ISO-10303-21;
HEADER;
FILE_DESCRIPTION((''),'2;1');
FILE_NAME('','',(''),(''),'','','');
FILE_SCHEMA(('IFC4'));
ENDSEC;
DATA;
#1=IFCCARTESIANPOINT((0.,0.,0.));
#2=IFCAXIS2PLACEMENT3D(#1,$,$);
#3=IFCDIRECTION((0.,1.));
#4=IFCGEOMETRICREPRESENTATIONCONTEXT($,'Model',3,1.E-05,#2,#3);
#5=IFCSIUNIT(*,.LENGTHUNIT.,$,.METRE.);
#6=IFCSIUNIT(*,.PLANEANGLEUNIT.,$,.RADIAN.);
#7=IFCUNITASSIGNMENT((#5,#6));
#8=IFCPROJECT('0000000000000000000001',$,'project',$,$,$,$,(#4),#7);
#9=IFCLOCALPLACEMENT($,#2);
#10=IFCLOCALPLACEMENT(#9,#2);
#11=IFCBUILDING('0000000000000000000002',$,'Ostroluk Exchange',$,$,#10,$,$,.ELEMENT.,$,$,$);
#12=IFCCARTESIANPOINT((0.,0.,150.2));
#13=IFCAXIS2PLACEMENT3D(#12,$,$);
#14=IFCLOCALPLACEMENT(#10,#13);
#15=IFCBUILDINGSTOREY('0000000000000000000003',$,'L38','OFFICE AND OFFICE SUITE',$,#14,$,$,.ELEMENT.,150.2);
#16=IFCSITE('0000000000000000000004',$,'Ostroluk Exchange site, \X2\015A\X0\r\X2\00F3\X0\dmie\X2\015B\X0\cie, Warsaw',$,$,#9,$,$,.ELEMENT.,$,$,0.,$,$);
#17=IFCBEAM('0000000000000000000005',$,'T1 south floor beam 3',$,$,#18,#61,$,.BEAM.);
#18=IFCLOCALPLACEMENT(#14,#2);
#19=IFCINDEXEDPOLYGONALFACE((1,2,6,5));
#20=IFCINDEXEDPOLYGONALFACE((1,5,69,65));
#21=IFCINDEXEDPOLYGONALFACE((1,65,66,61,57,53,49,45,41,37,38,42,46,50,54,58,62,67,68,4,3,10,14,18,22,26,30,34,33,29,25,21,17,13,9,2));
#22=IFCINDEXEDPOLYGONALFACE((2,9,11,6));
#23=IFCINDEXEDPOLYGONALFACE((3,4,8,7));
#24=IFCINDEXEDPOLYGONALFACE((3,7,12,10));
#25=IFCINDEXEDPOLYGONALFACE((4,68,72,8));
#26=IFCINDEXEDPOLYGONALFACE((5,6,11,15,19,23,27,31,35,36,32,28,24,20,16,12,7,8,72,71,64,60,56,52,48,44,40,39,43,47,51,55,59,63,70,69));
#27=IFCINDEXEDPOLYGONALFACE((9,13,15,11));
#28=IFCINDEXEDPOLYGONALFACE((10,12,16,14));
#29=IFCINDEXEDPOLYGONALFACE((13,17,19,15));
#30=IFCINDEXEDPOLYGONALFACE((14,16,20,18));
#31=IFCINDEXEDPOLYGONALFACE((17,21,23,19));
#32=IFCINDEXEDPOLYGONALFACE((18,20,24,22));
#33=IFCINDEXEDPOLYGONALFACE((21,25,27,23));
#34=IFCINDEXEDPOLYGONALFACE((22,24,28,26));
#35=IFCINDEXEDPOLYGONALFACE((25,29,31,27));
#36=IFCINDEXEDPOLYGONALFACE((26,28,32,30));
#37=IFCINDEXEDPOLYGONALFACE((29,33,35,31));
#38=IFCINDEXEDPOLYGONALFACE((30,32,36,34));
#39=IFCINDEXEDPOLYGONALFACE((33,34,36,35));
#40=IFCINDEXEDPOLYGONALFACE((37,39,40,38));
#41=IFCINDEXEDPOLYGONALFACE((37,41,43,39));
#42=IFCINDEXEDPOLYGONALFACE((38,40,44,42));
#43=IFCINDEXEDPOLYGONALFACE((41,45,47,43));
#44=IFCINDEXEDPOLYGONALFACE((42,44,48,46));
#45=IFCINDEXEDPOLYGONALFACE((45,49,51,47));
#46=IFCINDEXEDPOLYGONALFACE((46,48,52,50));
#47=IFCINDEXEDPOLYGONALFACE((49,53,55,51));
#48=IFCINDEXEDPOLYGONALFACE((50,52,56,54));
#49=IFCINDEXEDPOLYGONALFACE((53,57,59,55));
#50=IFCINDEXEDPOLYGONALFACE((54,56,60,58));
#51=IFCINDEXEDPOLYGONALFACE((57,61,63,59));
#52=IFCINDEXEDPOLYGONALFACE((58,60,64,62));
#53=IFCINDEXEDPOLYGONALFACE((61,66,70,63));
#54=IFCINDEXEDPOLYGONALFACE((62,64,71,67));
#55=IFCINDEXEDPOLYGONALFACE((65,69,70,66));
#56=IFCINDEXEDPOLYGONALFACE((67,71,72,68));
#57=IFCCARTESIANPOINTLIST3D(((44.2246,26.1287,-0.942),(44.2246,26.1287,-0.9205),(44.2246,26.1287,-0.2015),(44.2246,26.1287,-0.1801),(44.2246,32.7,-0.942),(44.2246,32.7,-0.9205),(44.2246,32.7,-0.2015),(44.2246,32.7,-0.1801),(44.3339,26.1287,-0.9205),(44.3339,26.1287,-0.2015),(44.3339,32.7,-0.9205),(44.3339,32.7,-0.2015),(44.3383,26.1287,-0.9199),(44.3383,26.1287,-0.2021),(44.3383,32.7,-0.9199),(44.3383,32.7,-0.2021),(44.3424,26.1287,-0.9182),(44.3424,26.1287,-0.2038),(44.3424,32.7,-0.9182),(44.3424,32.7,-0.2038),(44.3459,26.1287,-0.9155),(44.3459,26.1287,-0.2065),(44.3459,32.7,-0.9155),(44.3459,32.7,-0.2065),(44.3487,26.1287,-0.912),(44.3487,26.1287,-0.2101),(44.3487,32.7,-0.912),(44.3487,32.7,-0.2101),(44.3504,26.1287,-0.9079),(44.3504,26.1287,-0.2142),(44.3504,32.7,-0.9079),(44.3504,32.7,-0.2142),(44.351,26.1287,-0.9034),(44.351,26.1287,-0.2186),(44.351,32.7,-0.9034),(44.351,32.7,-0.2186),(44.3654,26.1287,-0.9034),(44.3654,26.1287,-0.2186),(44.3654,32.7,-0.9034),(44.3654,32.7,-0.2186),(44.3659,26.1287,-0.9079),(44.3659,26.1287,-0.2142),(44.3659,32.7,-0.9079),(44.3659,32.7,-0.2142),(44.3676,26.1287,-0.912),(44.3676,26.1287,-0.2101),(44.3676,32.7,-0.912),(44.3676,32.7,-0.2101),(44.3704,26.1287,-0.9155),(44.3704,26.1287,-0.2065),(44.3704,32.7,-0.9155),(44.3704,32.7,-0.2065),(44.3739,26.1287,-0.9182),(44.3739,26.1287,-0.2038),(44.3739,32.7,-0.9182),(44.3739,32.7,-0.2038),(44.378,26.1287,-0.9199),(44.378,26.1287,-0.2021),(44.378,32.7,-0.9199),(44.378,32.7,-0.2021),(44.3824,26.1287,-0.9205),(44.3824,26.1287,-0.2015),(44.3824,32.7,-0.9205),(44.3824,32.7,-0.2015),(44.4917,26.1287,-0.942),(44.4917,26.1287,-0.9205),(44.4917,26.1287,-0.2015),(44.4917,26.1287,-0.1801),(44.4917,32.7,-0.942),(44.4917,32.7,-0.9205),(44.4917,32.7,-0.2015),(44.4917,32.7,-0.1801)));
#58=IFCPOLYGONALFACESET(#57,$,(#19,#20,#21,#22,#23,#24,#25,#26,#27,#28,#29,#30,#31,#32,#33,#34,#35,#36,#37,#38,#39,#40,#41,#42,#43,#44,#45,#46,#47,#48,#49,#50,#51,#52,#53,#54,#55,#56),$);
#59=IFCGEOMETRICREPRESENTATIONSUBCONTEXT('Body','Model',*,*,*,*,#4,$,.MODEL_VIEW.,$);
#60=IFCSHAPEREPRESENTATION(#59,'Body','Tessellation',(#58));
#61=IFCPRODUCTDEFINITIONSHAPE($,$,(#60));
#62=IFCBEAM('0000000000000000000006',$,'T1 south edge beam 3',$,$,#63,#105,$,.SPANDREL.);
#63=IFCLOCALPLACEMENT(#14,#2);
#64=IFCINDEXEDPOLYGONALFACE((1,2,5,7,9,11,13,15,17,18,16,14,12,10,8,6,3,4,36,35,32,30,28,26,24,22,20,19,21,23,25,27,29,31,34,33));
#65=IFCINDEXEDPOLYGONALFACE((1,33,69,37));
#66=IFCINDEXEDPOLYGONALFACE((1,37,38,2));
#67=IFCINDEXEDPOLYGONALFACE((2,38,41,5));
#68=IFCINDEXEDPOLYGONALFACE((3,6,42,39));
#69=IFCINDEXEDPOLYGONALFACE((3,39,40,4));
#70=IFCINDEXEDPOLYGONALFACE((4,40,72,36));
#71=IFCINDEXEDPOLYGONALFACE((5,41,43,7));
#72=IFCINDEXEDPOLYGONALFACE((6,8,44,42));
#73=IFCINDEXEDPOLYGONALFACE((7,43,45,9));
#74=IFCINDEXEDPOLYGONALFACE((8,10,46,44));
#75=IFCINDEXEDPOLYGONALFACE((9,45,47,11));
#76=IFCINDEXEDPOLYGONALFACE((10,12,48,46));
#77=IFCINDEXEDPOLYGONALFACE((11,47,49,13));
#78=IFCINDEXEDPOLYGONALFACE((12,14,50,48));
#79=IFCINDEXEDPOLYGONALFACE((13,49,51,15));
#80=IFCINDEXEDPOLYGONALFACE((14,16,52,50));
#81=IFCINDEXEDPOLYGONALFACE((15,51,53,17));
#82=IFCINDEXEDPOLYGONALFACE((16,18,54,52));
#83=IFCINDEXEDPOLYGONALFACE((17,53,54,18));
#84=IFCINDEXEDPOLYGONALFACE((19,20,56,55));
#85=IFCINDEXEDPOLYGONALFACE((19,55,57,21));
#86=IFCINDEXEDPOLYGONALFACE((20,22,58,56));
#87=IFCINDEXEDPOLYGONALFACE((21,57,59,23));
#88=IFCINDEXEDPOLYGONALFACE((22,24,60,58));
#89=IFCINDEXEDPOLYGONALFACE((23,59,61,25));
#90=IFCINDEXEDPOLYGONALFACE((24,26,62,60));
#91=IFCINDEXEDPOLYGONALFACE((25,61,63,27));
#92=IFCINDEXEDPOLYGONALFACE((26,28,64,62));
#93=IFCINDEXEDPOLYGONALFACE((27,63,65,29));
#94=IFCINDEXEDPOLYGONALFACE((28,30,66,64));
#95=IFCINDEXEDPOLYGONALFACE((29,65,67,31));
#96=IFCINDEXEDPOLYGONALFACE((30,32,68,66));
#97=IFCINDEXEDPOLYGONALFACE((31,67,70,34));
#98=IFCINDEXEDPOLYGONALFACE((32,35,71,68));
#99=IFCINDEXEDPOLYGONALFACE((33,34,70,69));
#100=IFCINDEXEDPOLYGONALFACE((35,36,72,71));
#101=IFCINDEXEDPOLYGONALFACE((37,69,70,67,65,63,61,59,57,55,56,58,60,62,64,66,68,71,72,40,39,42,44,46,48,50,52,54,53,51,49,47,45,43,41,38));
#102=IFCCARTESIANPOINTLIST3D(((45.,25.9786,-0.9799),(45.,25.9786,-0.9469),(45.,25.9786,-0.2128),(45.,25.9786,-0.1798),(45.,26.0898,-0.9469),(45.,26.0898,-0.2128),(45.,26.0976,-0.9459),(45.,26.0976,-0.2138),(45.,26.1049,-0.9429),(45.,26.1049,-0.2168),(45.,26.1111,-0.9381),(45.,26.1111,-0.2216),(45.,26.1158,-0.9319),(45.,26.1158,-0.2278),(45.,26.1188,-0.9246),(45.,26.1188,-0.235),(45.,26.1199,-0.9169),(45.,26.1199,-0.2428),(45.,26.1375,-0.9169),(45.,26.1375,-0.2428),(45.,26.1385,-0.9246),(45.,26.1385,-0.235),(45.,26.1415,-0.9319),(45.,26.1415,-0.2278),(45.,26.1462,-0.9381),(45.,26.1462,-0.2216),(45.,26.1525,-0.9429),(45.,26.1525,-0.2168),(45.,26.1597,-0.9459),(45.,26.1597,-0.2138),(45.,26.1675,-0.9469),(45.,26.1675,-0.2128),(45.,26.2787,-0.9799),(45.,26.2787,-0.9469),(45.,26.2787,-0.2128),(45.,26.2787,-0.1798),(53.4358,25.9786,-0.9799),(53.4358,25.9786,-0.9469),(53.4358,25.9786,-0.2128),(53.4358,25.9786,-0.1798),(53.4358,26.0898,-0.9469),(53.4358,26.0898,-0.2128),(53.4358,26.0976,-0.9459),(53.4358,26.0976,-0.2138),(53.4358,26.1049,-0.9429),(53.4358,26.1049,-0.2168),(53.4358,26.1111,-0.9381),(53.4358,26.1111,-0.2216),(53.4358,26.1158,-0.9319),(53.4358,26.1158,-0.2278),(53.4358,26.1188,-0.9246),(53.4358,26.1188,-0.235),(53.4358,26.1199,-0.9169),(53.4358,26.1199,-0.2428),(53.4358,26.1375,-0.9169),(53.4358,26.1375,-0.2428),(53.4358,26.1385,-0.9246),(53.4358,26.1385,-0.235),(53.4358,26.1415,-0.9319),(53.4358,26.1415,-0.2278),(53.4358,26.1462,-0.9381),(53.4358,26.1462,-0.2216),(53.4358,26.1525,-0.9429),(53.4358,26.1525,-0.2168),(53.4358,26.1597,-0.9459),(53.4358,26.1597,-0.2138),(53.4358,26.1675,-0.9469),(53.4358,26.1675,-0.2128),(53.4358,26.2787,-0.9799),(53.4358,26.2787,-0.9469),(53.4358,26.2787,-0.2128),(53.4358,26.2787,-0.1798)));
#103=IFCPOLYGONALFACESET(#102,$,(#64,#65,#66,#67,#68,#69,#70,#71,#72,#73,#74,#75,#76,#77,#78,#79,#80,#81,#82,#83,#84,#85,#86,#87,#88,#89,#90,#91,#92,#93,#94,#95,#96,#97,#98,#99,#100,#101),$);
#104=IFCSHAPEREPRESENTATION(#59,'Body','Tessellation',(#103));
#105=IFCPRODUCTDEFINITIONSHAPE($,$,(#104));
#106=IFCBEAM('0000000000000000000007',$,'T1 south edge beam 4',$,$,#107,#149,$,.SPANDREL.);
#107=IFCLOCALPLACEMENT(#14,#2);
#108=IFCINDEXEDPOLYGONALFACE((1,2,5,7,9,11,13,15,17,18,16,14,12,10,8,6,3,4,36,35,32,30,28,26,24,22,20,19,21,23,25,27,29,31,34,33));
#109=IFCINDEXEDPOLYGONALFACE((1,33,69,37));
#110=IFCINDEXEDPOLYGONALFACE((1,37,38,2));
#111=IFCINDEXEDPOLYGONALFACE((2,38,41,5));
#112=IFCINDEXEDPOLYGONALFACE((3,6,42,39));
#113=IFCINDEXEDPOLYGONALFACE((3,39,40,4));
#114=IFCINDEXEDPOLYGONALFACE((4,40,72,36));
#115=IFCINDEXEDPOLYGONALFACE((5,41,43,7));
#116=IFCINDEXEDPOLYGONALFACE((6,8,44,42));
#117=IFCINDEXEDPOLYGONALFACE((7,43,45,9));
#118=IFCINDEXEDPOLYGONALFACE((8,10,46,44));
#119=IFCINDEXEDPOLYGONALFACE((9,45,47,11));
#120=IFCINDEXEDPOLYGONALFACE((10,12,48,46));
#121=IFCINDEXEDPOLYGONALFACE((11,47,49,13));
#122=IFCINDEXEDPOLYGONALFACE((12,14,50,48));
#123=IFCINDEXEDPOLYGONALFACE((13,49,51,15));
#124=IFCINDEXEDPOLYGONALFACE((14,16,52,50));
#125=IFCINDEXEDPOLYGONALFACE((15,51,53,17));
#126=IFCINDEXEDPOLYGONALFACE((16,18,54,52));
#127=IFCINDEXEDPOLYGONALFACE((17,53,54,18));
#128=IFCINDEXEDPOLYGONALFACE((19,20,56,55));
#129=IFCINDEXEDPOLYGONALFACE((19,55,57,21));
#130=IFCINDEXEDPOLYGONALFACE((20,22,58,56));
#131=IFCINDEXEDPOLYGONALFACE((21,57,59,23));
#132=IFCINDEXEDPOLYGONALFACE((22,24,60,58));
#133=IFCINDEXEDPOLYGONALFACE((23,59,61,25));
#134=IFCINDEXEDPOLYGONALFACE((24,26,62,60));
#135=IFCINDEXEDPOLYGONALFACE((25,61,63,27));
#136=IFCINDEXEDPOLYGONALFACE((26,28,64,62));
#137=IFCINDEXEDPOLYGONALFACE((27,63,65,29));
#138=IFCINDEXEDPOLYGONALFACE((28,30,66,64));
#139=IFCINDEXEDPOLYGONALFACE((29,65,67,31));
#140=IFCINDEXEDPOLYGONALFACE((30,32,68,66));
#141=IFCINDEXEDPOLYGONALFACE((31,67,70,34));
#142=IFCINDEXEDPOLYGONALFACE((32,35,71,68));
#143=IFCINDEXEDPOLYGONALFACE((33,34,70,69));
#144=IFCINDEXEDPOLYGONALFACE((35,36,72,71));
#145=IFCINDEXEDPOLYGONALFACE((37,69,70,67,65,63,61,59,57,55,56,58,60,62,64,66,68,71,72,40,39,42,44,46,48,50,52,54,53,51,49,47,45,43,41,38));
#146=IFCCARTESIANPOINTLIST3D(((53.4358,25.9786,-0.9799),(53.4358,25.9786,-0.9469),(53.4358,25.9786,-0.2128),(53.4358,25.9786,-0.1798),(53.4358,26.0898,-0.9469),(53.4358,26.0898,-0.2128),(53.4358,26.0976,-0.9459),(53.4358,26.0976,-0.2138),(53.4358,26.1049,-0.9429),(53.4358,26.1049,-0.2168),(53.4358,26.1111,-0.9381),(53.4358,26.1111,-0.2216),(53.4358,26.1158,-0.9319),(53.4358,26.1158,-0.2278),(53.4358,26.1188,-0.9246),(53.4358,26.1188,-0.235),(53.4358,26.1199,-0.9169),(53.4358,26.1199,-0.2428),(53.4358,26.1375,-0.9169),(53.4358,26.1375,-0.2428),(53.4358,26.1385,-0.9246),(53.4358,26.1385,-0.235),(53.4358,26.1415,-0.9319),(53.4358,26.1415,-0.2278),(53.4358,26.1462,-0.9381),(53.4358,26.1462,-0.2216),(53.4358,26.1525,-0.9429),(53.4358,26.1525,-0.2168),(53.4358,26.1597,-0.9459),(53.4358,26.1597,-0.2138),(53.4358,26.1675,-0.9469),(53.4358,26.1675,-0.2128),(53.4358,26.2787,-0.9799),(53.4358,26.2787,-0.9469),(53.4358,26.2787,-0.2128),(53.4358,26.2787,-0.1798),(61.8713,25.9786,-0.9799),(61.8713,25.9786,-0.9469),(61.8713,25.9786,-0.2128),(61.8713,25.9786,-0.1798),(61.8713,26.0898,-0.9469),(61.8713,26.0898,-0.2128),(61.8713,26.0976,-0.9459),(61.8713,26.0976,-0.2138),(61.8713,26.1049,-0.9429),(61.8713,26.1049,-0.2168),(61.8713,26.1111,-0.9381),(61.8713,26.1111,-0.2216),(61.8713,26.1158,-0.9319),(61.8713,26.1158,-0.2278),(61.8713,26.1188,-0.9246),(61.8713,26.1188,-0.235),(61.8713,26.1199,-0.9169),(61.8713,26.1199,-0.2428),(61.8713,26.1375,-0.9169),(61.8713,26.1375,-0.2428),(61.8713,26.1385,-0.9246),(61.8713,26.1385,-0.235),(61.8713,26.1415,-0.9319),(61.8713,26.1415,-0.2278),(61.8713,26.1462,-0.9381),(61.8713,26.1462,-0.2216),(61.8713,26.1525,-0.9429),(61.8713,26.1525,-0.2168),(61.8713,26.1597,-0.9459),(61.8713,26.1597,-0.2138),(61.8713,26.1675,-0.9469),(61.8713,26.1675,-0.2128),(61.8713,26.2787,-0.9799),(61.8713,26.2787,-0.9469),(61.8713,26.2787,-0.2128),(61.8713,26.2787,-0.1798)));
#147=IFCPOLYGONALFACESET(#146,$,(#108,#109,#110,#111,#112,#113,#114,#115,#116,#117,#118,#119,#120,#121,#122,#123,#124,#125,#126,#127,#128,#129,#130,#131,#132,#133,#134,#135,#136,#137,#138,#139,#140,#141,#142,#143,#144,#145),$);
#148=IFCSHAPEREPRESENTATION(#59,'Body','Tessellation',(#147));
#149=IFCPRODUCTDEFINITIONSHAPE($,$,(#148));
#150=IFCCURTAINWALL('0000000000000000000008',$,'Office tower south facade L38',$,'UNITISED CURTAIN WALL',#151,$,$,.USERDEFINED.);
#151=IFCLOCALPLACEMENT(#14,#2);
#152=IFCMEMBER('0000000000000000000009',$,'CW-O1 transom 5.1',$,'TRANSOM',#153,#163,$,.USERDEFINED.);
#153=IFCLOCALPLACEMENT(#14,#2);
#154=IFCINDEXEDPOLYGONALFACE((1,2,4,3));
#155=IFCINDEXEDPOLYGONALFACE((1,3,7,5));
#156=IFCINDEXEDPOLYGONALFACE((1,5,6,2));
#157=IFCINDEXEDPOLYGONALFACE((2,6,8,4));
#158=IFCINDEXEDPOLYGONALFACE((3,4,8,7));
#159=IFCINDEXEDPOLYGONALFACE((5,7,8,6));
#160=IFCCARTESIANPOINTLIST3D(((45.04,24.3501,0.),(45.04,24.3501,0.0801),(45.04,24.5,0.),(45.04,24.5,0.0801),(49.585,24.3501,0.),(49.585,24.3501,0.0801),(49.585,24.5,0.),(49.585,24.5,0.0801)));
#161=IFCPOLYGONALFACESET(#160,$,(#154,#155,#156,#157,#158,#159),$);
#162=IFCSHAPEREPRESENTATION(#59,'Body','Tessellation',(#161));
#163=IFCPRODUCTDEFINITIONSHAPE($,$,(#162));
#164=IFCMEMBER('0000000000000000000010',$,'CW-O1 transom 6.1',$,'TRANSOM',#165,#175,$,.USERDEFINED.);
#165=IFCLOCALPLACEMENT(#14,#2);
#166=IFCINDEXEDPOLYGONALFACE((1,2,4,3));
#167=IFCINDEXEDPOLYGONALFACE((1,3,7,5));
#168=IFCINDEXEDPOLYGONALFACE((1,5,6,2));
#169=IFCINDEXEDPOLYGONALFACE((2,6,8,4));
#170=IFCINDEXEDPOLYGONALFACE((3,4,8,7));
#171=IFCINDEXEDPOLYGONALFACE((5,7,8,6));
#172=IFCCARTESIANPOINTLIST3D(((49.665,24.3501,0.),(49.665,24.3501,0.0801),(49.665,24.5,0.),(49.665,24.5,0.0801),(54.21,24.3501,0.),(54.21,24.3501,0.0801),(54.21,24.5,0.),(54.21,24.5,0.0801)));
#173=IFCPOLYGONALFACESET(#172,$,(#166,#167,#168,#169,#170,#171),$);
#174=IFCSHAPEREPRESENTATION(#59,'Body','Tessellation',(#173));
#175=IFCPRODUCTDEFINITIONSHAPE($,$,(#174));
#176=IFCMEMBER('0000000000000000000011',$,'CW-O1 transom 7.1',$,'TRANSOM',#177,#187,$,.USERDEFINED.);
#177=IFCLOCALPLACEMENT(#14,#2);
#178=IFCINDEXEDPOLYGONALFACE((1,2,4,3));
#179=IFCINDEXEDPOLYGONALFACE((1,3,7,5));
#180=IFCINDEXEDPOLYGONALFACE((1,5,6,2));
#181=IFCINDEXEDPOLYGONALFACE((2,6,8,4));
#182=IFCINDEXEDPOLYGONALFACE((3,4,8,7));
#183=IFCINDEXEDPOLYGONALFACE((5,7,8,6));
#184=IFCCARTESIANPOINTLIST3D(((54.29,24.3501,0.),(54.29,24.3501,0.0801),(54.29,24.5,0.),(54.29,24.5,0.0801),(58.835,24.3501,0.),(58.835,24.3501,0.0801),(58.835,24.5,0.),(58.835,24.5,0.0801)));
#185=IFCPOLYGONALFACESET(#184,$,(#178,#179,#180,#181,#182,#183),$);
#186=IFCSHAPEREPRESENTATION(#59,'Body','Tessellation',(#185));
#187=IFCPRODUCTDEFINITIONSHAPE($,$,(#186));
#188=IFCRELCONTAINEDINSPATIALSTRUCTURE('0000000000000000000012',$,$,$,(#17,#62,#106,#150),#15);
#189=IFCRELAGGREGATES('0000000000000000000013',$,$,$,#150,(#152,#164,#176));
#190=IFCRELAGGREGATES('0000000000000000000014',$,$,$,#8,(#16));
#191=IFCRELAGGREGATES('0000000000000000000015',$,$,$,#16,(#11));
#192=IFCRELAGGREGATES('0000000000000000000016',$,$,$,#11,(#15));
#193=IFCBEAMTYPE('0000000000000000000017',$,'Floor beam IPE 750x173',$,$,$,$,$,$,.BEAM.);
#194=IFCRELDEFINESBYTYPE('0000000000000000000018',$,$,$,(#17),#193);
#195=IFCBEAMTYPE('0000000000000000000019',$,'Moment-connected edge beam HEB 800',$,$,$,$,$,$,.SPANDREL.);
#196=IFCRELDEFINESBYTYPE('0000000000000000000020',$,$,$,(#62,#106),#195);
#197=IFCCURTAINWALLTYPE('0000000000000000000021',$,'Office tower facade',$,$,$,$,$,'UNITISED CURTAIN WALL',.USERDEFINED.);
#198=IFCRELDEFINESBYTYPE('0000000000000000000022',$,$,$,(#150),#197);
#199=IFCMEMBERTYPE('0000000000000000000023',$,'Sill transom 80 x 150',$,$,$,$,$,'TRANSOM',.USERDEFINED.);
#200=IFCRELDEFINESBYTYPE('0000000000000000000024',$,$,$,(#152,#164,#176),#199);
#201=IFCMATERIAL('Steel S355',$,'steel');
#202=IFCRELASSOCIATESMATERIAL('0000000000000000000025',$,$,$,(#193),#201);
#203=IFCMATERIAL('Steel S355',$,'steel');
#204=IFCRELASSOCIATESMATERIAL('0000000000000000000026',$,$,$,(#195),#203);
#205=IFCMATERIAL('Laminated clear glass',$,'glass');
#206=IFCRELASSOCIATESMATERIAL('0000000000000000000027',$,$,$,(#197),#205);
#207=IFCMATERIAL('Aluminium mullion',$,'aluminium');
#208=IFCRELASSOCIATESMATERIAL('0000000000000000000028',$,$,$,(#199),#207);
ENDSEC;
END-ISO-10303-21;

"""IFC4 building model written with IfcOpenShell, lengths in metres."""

from ifc_helpers import new_model, si_unit, direction, frame, origin, origin_2d, place, context, subcontext, project, spatial, rectangle, i_section, extrude, material, material_profile, profile_set, type_object, element, aggregate, save


model = new_model("IFC4")

# Units and contexts
model_context = context("Model", 3, precision=1e-05, world=origin(), true_north=direction((0.0, 1.0)))
body_context = subcontext(model_context, "Body", "Model", "MODEL_VIEW")
ifc_project = project(units=[si_unit("LENGTHUNIT", "METRE"), si_unit("PLANEANGLEUNIT", "RADIAN")], contexts=[model_context])

# Site, building, storey
site_placement = place(None, origin())
site = spatial("IfcSite", under=ifc_project, at=site_placement, Name="Ostroluk Exchange site, Śródmieście, Warsaw", CompositionType="ELEMENT", RefElevation=0.0)
building_placement = place(site_placement, origin())
building = spatial("IfcBuilding", under=site, at=building_placement, Name="Ostroluk Exchange", CompositionType="ELEMENT")
storey_placement = place(building_placement, frame((0.0, 0.0, 150.2)))
storey = spatial("IfcBuildingStorey", under=building, at=storey_placement, Name="L38", Description="OFFICE AND OFFICE SUITE", CompositionType="ELEMENT", Elevation=150.2)

# Beams
ifc_material_1 = material(Name="Steel S355", Category="steel")
ifc_material_profile_1 = material_profile(ifc_material_1, i_section(OverallWidth=0.2671, OverallDepth=0.762, WebThickness=0.0144, FlangeThickness=0.0215, FilletRadius=0.0171, at=origin_2d()), Name="IPE 750x173")
ifc_profile_set_1 = profile_set([ifc_material_profile_1], Name="Steel S355")
beam_type_1 = type_object("IfcBeamType", Name="Floor beam IPE 750x173", PredefinedType="BEAM", material=ifc_profile_set_1)
beam_1_placement = place(storey_placement, frame((44.3582, 32.7, -0.561), z_axis=(0.0, -1.0, 0.0), x_axis=(1.0, 0.0, 0.0)))
element("IfcBeam", 1, at=beam_1_placement, inside=storey, type_object=beam_type_1, Name="T1 south floor beam 3", PredefinedType="BEAM", context=body_context, shape_type="SweptSolid", body=[
    extrude(i_section(OverallWidth=0.2671, OverallDepth=0.762, WebThickness=0.0144, FlangeThickness=0.0215, FilletRadius=0.0171, at=origin_2d()), origin(), (0.0, 0.0, 1.0), 6.5713),
])
ifc_material_2 = material(Name="Steel S355", Category="steel")
ifc_material_profile_2 = material_profile(ifc_material_2, i_section(OverallWidth=0.3, OverallDepth=0.8, WebThickness=0.0176, FlangeThickness=0.033, FilletRadius=0.03, at=origin_2d()), Name="HEB 800")
ifc_profile_set_2 = profile_set([ifc_material_profile_2], Name="Steel S355")
beam_type_2 = type_object("IfcBeamType", Name="Moment-connected edge beam HEB 800", PredefinedType="SPANDREL", material=ifc_profile_set_2)
beam_2_placement = place(storey_placement, frame((45.0, 26.1287, -0.5798), z_axis=(1.0, 0.0, 0.0), x_axis=(0.0, 1.0, 0.0)))
element("IfcBeam", 2, at=beam_2_placement, inside=storey, type_object=beam_type_2, Name="T1 south edge beam 3", PredefinedType="SPANDREL", context=body_context, shape_type="SweptSolid", body=[
    extrude(i_section(OverallWidth=0.3, OverallDepth=0.8, WebThickness=0.0176, FlangeThickness=0.033, FilletRadius=0.03, at=origin_2d()), origin(), (0.0, 0.0, 1.0), 8.4358),
])
beam_3_placement = place(storey_placement, frame((53.4358, 26.1287, -0.5798), z_axis=(1.0, 0.0, 0.0), x_axis=(0.0, 1.0, 0.0)))
element("IfcBeam", 3, at=beam_3_placement, inside=storey, type_object=beam_type_2, Name="T1 south edge beam 4", PredefinedType="SPANDREL", context=body_context, shape_type="SweptSolid", body=[
    extrude(i_section(OverallWidth=0.3, OverallDepth=0.8, WebThickness=0.0176, FlangeThickness=0.033, FilletRadius=0.03, at=origin_2d()), origin(), (0.0, 0.0, 1.0), 8.4355),
])

# Curtain wall, members
ifc_material_3 = material(Name="Laminated clear glass", Category="glass")
curtain_wall_type = type_object("IfcCurtainWallType", Name="Office tower facade", ElementType="UNITISED CURTAIN WALL", PredefinedType="USERDEFINED", material=ifc_material_3)
curtain_wall_placement = place(storey_placement, origin())
curtain_wall = element("IfcCurtainWall", 4, at=curtain_wall_placement, inside=storey, type_object=curtain_wall_type, Name="Office tower south facade L38", ObjectType="UNITISED CURTAIN WALL", PredefinedType="USERDEFINED")
ifc_material_4 = material(Name="Aluminium mullion", Category="aluminium")
ifc_material_profile_3 = material_profile(ifc_material_4, rectangle(XDim=0.1499, YDim=0.0801, at=origin_2d()), Name="Sill transom 80 x 150")
ifc_profile_set_3 = profile_set([ifc_material_profile_3], Name="Aluminium mullion")
member_type_1 = type_object("IfcMemberType", Name="Sill transom 80 x 150", ElementType="TRANSOM", PredefinedType="USERDEFINED", material=ifc_profile_set_3)
member_1_placement = place(storey_placement, frame((45.04, 24.425, 0.04), z_axis=(1.0, 0.0, 0.0), x_axis=(0.0, 1.0, 0.0)))
member_1 = element("IfcMember", 5, at=member_1_placement, type_object=member_type_1, Name="CW-O1 transom 5.1", ObjectType="TRANSOM", PredefinedType="USERDEFINED", context=body_context, shape_type="SweptSolid", body=[
    extrude(rectangle(XDim=0.1499, YDim=0.0801, at=origin_2d()), origin(), (0.0, 0.0, 1.0), 4.5449),
])
member_2_placement = place(storey_placement, frame((49.665, 24.425, 0.04), z_axis=(1.0, 0.0, 0.0), x_axis=(0.0, 1.0, 0.0)))
member_2 = element("IfcMember", 6, at=member_2_placement, type_object=member_type_1, Name="CW-O1 transom 6.1", ObjectType="TRANSOM", PredefinedType="USERDEFINED", context=body_context, shape_type="SweptSolid", body=[
    extrude(rectangle(XDim=0.1499, YDim=0.0801, at=origin_2d()), origin(), (0.0, 0.0, 1.0), 4.5449),
])
member_3_placement = place(storey_placement, frame((54.29, 24.425, 0.04), z_axis=(1.0, 0.0, 0.0), x_axis=(0.0, 1.0, 0.0)))
member_3 = element("IfcMember", 7, at=member_3_placement, type_object=member_type_1, Name="CW-O1 transom 7.1", ObjectType="TRANSOM", PredefinedType="USERDEFINED", context=body_context, shape_type="SweptSolid", body=[
    extrude(rectangle(XDim=0.1499, YDim=0.0801, at=origin_2d()), origin(), (0.0, 0.0, 1.0), 4.5449),
])
aggregate(curtain_wall, [member_1, member_2, member_3])

save(model, "model.ifc")
